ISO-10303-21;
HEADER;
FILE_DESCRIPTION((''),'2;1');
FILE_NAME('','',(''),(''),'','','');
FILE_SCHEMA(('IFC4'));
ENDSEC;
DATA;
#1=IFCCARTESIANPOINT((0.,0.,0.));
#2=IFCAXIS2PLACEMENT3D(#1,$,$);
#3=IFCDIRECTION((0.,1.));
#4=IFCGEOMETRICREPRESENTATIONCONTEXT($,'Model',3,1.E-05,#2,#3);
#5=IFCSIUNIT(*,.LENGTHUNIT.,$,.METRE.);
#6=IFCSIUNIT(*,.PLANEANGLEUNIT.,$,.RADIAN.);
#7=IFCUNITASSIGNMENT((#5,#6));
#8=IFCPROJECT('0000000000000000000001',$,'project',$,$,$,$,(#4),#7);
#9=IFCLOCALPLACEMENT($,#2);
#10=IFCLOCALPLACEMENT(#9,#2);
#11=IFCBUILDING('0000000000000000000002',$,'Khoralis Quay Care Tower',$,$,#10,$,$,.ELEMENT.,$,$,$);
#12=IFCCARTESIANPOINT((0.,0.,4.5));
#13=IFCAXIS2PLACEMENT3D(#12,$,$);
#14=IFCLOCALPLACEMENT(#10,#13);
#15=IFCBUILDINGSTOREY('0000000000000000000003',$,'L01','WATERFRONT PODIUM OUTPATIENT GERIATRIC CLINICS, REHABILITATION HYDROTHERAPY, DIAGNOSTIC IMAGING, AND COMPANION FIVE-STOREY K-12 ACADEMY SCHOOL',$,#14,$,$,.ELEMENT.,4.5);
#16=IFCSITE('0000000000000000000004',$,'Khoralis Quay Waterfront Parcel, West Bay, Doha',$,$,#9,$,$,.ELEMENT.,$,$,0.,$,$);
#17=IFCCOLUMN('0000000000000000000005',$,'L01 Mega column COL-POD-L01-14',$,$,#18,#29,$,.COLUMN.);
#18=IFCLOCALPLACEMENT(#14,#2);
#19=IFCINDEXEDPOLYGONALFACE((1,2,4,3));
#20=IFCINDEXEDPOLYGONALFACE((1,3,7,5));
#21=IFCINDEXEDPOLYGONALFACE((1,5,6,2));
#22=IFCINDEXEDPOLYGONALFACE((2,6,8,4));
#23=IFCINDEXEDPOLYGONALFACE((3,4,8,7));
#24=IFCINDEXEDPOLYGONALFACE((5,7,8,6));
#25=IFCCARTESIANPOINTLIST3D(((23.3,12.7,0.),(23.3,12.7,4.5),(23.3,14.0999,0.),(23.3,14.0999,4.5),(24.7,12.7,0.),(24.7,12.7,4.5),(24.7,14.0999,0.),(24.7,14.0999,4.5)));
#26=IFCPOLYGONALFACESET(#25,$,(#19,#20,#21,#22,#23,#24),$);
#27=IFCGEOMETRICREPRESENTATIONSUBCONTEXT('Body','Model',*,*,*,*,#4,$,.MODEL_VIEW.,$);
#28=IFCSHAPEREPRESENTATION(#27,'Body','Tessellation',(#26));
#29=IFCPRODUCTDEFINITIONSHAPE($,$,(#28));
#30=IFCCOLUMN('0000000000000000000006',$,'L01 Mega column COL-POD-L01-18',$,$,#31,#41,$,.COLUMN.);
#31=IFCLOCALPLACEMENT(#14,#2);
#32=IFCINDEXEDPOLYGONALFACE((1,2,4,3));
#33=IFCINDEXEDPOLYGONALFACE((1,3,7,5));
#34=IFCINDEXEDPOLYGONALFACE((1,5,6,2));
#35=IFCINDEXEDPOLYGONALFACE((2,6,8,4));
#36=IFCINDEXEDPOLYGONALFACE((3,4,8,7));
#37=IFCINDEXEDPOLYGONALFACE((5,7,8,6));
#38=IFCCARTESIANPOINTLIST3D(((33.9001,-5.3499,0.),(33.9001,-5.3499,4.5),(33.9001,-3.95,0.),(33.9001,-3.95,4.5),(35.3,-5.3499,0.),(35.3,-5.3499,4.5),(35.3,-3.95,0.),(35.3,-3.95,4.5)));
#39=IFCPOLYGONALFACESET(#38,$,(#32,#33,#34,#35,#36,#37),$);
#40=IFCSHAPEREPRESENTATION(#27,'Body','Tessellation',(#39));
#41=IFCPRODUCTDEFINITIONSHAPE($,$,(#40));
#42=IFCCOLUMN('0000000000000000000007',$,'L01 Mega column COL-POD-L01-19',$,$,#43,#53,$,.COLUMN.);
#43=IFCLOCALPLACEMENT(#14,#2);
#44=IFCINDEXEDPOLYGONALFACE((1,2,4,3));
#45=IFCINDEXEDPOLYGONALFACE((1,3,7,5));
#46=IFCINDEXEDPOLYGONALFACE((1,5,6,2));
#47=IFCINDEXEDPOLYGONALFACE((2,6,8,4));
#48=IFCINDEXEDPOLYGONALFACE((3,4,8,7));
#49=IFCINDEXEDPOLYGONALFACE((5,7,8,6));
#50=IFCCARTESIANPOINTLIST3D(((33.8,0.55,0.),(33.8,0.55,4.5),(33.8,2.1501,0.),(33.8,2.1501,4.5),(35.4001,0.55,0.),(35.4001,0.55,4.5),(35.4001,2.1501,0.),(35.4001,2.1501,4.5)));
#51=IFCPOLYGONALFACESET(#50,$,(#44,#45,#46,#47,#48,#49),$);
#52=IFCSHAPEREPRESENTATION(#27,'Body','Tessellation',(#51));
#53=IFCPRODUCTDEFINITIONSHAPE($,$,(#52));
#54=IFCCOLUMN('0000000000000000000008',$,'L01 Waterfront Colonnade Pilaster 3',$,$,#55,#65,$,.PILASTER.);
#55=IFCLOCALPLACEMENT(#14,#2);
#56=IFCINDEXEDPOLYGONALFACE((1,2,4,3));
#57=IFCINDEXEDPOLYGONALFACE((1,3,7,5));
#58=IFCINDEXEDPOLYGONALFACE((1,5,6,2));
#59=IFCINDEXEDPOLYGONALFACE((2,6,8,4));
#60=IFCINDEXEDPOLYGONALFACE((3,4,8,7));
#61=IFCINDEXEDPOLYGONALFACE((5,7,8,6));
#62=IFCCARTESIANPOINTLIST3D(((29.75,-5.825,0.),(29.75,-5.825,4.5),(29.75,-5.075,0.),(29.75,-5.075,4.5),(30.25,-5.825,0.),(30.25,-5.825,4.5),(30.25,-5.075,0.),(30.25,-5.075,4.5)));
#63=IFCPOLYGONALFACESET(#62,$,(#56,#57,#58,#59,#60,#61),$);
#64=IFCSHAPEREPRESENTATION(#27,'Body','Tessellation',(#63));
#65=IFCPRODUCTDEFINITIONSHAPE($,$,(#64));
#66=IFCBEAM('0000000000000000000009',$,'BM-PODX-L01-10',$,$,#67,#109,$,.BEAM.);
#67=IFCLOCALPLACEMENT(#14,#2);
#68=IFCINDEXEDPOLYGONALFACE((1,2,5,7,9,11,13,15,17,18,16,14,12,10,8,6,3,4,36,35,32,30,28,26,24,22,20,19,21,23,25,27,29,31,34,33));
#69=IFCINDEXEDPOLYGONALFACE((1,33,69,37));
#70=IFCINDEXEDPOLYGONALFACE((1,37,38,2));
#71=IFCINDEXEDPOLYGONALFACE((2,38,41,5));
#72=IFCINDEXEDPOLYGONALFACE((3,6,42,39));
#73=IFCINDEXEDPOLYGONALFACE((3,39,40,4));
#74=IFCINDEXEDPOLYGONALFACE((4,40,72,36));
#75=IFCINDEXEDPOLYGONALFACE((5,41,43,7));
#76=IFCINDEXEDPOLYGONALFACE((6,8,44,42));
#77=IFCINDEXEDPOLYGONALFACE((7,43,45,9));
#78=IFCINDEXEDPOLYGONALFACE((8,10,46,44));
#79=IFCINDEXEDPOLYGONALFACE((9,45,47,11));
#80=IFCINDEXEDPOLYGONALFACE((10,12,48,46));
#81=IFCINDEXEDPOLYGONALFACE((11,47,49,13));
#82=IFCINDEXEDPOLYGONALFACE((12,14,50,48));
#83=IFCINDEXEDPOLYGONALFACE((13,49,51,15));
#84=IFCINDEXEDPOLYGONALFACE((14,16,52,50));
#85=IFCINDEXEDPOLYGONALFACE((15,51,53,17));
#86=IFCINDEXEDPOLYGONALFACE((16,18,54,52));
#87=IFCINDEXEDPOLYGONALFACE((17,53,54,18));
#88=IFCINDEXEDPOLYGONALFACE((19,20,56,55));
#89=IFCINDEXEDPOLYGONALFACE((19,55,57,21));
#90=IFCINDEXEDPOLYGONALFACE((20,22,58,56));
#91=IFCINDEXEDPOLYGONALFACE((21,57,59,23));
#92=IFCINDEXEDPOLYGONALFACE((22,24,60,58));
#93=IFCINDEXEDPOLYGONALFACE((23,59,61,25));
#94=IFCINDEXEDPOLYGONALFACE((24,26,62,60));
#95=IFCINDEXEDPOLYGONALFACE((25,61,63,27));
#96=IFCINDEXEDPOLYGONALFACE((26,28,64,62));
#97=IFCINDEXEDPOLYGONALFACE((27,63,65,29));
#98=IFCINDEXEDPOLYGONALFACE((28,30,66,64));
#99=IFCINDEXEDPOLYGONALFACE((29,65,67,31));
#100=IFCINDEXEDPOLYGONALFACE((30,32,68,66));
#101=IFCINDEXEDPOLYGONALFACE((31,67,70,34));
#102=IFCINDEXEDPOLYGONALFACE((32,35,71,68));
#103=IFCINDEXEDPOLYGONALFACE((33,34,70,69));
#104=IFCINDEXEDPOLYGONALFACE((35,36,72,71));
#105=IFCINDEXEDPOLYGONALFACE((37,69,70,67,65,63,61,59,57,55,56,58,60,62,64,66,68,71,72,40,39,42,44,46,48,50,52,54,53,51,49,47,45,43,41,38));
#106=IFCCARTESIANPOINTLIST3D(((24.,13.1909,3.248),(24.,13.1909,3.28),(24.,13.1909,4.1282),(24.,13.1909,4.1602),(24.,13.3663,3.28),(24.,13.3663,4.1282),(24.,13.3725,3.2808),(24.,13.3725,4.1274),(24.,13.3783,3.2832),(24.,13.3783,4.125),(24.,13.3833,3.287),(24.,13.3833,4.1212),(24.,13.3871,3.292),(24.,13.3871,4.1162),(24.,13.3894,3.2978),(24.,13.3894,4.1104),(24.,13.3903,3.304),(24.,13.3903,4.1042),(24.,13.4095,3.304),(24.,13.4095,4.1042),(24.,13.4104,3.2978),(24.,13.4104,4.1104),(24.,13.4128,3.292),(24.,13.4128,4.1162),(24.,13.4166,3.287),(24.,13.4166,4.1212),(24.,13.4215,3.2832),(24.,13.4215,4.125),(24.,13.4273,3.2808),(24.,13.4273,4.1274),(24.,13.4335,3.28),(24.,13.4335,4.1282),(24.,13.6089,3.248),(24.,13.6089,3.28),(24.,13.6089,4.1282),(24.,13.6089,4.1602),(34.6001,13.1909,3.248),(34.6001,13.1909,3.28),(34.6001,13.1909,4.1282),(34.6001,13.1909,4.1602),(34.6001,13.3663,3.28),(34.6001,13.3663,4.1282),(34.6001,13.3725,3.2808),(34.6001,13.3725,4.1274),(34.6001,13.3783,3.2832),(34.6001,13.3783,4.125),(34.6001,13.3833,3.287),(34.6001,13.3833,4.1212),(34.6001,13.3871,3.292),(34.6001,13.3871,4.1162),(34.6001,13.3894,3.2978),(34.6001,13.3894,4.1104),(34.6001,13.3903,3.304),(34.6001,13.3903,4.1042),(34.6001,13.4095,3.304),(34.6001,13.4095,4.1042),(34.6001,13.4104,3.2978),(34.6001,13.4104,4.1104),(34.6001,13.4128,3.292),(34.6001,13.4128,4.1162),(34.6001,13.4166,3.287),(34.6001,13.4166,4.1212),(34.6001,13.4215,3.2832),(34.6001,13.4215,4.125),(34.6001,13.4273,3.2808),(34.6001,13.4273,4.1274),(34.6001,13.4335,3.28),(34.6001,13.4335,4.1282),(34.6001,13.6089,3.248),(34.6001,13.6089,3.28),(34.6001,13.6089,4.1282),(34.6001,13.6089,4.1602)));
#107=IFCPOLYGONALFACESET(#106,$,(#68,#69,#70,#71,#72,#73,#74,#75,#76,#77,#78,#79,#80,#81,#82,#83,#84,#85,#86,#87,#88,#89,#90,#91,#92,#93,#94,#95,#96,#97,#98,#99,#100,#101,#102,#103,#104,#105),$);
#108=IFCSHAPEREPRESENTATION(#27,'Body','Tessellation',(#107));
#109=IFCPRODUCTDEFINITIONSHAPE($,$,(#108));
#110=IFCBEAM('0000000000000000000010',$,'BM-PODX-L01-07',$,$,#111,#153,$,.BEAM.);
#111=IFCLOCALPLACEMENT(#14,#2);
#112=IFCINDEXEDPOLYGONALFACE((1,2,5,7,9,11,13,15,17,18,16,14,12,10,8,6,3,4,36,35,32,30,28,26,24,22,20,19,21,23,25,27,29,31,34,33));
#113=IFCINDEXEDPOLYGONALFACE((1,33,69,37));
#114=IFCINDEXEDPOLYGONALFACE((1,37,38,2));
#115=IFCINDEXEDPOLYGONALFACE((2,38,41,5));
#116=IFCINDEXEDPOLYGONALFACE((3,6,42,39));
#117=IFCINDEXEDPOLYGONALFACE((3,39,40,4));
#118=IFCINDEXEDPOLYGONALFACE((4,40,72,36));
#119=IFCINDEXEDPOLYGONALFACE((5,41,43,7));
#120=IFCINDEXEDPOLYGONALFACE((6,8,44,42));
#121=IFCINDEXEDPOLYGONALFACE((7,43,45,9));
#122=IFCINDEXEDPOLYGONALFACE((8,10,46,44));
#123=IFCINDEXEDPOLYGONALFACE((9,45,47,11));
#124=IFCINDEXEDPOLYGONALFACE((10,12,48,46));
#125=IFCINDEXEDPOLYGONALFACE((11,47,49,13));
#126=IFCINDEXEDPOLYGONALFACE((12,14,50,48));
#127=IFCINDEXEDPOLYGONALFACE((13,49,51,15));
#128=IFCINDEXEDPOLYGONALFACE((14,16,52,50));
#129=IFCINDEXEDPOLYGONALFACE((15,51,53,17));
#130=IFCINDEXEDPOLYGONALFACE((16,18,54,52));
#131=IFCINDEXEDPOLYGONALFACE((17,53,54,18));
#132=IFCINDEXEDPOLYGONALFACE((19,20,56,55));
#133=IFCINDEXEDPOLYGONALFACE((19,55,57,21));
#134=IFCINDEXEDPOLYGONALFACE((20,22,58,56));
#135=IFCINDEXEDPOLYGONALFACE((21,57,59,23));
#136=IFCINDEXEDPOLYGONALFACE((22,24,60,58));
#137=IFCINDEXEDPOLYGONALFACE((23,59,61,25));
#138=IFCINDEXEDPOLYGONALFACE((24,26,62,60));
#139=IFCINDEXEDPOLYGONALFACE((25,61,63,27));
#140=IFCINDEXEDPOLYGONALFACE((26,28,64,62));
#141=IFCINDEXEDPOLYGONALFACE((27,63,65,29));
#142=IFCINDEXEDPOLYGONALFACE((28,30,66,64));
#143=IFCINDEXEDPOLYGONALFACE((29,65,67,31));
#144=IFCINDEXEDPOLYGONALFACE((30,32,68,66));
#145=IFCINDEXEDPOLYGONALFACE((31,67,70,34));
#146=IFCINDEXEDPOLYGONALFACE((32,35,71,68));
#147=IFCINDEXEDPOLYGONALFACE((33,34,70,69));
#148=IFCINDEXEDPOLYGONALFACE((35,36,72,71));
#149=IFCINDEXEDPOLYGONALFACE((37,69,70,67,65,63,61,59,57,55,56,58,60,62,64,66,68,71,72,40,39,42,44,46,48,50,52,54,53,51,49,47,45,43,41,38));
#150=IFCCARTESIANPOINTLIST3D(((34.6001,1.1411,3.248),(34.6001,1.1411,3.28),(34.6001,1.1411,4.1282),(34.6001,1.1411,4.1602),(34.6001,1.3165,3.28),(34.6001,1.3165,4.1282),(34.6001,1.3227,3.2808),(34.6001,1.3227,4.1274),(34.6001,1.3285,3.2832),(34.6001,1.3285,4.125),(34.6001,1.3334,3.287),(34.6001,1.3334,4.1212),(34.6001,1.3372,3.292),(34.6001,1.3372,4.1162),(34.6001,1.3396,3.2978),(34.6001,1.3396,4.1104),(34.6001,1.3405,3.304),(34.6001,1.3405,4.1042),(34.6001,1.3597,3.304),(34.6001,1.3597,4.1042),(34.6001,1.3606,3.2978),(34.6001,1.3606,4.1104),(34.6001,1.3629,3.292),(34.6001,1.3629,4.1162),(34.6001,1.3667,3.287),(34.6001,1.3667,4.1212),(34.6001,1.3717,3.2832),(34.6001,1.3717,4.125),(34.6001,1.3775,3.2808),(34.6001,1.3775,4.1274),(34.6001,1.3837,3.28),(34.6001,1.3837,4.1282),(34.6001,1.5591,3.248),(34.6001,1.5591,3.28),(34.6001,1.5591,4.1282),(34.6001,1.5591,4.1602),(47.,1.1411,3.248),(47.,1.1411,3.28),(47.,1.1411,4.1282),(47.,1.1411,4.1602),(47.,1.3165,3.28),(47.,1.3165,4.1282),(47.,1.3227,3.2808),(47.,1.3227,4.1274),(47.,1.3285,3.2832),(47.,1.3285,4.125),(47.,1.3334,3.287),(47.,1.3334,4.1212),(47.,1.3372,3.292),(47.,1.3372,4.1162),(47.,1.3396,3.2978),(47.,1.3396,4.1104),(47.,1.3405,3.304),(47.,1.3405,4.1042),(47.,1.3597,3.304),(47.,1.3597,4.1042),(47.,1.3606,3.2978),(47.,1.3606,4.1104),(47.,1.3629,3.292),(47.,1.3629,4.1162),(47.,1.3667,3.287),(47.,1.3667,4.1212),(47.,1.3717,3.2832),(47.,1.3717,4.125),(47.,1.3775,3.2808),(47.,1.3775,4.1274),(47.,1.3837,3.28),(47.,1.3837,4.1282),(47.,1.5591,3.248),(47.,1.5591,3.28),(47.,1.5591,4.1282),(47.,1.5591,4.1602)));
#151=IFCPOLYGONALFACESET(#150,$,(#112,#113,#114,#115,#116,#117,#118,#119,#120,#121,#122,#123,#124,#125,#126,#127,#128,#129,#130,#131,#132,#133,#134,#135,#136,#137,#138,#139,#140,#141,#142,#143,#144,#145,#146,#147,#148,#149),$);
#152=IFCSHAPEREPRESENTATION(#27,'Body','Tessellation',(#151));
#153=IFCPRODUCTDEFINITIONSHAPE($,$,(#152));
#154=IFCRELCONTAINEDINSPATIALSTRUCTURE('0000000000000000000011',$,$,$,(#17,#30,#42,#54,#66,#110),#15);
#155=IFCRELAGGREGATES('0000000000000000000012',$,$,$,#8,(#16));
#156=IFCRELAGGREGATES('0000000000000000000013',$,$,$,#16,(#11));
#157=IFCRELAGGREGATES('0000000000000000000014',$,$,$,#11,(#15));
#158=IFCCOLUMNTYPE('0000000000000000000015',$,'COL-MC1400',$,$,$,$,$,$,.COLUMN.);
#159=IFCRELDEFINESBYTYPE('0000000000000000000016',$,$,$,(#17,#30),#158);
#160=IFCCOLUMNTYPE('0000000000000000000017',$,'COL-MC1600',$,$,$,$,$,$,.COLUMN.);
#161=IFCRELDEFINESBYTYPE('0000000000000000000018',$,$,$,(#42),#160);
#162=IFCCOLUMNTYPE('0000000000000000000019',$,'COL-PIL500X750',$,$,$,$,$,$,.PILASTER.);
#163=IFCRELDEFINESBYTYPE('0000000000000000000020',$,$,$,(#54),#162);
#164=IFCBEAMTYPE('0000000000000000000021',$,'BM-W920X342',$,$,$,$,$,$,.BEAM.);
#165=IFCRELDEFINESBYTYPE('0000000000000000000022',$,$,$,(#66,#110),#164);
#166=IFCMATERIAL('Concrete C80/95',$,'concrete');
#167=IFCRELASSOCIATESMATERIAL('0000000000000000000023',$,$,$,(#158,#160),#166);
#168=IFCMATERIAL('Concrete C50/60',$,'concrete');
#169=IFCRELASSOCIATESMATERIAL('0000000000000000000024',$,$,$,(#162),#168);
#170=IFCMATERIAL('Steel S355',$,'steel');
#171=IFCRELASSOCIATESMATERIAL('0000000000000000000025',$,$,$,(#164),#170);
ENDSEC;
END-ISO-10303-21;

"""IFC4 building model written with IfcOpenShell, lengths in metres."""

from ifc_helpers import new_model, si_unit, direction, frame, origin, origin_2d, place, context, subcontext, project, spatial, rectangle, i_section, extrude, source, transform, mapped, material, material_profile, profile_set, type_object, element, save


model = new_model("IFC4")

# Units and contexts
model_context = context("Model", 3, precision=1e-05, world=origin(), true_north=direction((0.0, 1.0)))
body_context = subcontext(model_context, "Body", "Model", "MODEL_VIEW")
ifc_project = project(units=[si_unit("LENGTHUNIT", "METRE"), si_unit("PLANEANGLEUNIT", "RADIAN")], contexts=[model_context])

# Site, building, storey
site_placement = place(None, origin())
site = spatial("IfcSite", under=ifc_project, at=site_placement, Name="Khoralis Quay Waterfront Parcel, West Bay, Doha", CompositionType="ELEMENT", RefElevation=0.0)
building_placement = place(site_placement, origin())
building = spatial("IfcBuilding", under=site, at=building_placement, Name="Khoralis Quay Care Tower", CompositionType="ELEMENT")
storey_placement = place(building_placement, frame((0.0, 0.0, 4.5)))
storey = spatial("IfcBuildingStorey", under=building, at=storey_placement, Name="L01", Description="WATERFRONT PODIUM OUTPATIENT GERIATRIC CLINICS, REHABILITATION HYDROTHERAPY, DIAGNOSTIC IMAGING, AND COMPANION FIVE-STOREY K-12 ACADEMY SCHOOL", CompositionType="ELEMENT", Elevation=4.5)

# Columns
ifc_material_1 = material(Name="Concrete C80/95", Category="concrete")
ifc_material_profile_1 = material_profile(ifc_material_1, rectangle(XDim=1.3999, YDim=1.3999, at=origin_2d()), Name="Concrete C80/95")
ifc_profile_set_1 = profile_set([ifc_material_profile_1], Name="Concrete C80/95")
column_type_1 = type_object("IfcColumnType", Name="COL-MC1400", PredefinedType="COLUMN", material=ifc_profile_set_1)
shared_shape_1 = source(origin(), body_context, "Body", "SweptSolid", [
    extrude(rectangle(XDim=1.3999, YDim=1.3999, at=origin_2d()), origin(), (0.0, 0.0, 1.0), 4.5),
])
for number, where, z_axis, x_axis, name in (
    (1, (24.0, 13.3999, 0.0), (0.0, 0.0, 1.0), (1.0, 0.0, 0.0), "L01 Mega column COL-POD-L01-14"),
    (2, (34.6001, -4.6499, 0.0), (0.0, 0.0, 1.0), (1.0, 0.0, 0.0), "L01 Mega column COL-POD-L01-18"),
):
    element("IfcColumn", number, at=place(storey_placement, frame(where, z_axis=z_axis, x_axis=x_axis)), inside=storey, type_object=column_type_1, Name=name, PredefinedType="COLUMN", context=body_context, shape_type="MappedRepresentation", body=[
        mapped(shared_shape_1, transform((0.0, 0.0, 0.0), scale=1.0)),
    ])
ifc_material_profile_2 = material_profile(ifc_material_1, rectangle(XDim=1.6001, YDim=1.6001, at=origin_2d()), Name="Concrete C80/95")
ifc_profile_set_2 = profile_set([ifc_material_profile_2], Name="Concrete C80/95")
column_type_2 = type_object("IfcColumnType", Name="COL-MC1600", PredefinedType="COLUMN", material=ifc_profile_set_2)
shared_shape_2 = source(origin(), body_context, "Body", "SweptSolid", [
    extrude(rectangle(XDim=1.6001, YDim=1.6001, at=origin_2d()), origin(), (0.0, 0.0, 1.0), 4.5),
])
column_1_placement = place(storey_placement, frame((34.6001, 1.3501, 0.0), z_axis=(0.0, 0.0, 1.0), x_axis=(1.0, 0.0, 0.0)))
element("IfcColumn", 3, at=column_1_placement, inside=storey, type_object=column_type_2, Name="L01 Mega column COL-POD-L01-19", PredefinedType="COLUMN", context=body_context, shape_type="MappedRepresentation", body=[
    mapped(shared_shape_2, transform((0.0, 0.0, 0.0), scale=1.0)),
])
ifc_material_2 = material(Name="Concrete C50/60", Category="concrete")
ifc_material_profile_3 = material_profile(ifc_material_2, rectangle(XDim=0.5, YDim=0.75, at=origin_2d()), Name="Concrete C50/60")
ifc_profile_set_3 = profile_set([ifc_material_profile_3], Name="Concrete C50/60")
column_type_3 = type_object("IfcColumnType", Name="COL-PIL500X750", PredefinedType="PILASTER", material=ifc_profile_set_3)
shared_shape_3 = source(origin(), body_context, "Body", "SweptSolid", [
    extrude(rectangle(XDim=0.5, YDim=0.75, at=origin_2d()), origin(), (0.0, 0.0, 1.0), 4.5),
])
column_2_placement = place(storey_placement, frame((30.0, -5.45, 0.0), z_axis=(0.0, 0.0, 1.0), x_axis=(1.0, 0.0, 0.0)))
element("IfcColumn", 4, at=column_2_placement, inside=storey, type_object=column_type_3, Name="L01 Waterfront Colonnade Pilaster 3", PredefinedType="PILASTER", context=body_context, shape_type="MappedRepresentation", body=[
    mapped(shared_shape_3, transform((0.0, 0.0, 0.0), scale=1.0)),
])

# Beams
ifc_material_3 = material(Name="Steel S355", Category="steel")
ifc_material_profile_4 = material_profile(ifc_material_3, i_section(OverallWidth=0.418, OverallDepth=0.9121, WebThickness=0.0193, FlangeThickness=0.032, FilletRadius=0.0239, at=origin_2d()), Name="Steel S355")
ifc_profile_set_4 = profile_set([ifc_material_profile_4], Name="Steel S355")
beam_type_1 = type_object("IfcBeamType", Name="BM-W920X342", PredefinedType="BEAM", material=ifc_profile_set_4)
shared_shape_4 = source(origin(), body_context, "Body", "SweptSolid", [
    extrude(i_section(OverallWidth=0.418, OverallDepth=0.9121, WebThickness=0.0193, FlangeThickness=0.032, FilletRadius=0.0239, at=origin_2d()), origin(), (0.0, 0.0, 1.0), 10.6001),
])
beam_1_placement = place(storey_placement, frame((24.0, 13.3999, 3.7041), z_axis=(1.0, 0.0, 0.0), x_axis=(0.0, 1.0, 0.0)))
element("IfcBeam", 5, at=beam_1_placement, inside=storey, type_object=beam_type_1, Name="BM-PODX-L01-10", PredefinedType="BEAM", context=body_context, shape_type="MappedRepresentation", body=[
    mapped(shared_shape_4, transform((0.0, 0.0, 0.0), scale=1.0)),
])
shared_shape_5 = source(origin(), body_context, "Body", "SweptSolid", [
    extrude(i_section(OverallWidth=0.418, OverallDepth=0.9121, WebThickness=0.0193, FlangeThickness=0.032, FilletRadius=0.0239, at=origin_2d()), origin(), (0.0, 0.0, 1.0), 12.3999),
])
beam_2_placement = place(storey_placement, frame((34.6001, 1.3501, 3.7041), z_axis=(1.0, 0.0, 0.0), x_axis=(0.0, 1.0, 0.0)))
element("IfcBeam", 6, at=beam_2_placement, inside=storey, type_object=beam_type_1, Name="BM-PODX-L01-07", PredefinedType="BEAM", context=body_context, shape_type="MappedRepresentation", body=[
    mapped(shared_shape_5, transform((0.0, 0.0, 0.0), scale=1.0)),
])

save(model, "model.ifc")
